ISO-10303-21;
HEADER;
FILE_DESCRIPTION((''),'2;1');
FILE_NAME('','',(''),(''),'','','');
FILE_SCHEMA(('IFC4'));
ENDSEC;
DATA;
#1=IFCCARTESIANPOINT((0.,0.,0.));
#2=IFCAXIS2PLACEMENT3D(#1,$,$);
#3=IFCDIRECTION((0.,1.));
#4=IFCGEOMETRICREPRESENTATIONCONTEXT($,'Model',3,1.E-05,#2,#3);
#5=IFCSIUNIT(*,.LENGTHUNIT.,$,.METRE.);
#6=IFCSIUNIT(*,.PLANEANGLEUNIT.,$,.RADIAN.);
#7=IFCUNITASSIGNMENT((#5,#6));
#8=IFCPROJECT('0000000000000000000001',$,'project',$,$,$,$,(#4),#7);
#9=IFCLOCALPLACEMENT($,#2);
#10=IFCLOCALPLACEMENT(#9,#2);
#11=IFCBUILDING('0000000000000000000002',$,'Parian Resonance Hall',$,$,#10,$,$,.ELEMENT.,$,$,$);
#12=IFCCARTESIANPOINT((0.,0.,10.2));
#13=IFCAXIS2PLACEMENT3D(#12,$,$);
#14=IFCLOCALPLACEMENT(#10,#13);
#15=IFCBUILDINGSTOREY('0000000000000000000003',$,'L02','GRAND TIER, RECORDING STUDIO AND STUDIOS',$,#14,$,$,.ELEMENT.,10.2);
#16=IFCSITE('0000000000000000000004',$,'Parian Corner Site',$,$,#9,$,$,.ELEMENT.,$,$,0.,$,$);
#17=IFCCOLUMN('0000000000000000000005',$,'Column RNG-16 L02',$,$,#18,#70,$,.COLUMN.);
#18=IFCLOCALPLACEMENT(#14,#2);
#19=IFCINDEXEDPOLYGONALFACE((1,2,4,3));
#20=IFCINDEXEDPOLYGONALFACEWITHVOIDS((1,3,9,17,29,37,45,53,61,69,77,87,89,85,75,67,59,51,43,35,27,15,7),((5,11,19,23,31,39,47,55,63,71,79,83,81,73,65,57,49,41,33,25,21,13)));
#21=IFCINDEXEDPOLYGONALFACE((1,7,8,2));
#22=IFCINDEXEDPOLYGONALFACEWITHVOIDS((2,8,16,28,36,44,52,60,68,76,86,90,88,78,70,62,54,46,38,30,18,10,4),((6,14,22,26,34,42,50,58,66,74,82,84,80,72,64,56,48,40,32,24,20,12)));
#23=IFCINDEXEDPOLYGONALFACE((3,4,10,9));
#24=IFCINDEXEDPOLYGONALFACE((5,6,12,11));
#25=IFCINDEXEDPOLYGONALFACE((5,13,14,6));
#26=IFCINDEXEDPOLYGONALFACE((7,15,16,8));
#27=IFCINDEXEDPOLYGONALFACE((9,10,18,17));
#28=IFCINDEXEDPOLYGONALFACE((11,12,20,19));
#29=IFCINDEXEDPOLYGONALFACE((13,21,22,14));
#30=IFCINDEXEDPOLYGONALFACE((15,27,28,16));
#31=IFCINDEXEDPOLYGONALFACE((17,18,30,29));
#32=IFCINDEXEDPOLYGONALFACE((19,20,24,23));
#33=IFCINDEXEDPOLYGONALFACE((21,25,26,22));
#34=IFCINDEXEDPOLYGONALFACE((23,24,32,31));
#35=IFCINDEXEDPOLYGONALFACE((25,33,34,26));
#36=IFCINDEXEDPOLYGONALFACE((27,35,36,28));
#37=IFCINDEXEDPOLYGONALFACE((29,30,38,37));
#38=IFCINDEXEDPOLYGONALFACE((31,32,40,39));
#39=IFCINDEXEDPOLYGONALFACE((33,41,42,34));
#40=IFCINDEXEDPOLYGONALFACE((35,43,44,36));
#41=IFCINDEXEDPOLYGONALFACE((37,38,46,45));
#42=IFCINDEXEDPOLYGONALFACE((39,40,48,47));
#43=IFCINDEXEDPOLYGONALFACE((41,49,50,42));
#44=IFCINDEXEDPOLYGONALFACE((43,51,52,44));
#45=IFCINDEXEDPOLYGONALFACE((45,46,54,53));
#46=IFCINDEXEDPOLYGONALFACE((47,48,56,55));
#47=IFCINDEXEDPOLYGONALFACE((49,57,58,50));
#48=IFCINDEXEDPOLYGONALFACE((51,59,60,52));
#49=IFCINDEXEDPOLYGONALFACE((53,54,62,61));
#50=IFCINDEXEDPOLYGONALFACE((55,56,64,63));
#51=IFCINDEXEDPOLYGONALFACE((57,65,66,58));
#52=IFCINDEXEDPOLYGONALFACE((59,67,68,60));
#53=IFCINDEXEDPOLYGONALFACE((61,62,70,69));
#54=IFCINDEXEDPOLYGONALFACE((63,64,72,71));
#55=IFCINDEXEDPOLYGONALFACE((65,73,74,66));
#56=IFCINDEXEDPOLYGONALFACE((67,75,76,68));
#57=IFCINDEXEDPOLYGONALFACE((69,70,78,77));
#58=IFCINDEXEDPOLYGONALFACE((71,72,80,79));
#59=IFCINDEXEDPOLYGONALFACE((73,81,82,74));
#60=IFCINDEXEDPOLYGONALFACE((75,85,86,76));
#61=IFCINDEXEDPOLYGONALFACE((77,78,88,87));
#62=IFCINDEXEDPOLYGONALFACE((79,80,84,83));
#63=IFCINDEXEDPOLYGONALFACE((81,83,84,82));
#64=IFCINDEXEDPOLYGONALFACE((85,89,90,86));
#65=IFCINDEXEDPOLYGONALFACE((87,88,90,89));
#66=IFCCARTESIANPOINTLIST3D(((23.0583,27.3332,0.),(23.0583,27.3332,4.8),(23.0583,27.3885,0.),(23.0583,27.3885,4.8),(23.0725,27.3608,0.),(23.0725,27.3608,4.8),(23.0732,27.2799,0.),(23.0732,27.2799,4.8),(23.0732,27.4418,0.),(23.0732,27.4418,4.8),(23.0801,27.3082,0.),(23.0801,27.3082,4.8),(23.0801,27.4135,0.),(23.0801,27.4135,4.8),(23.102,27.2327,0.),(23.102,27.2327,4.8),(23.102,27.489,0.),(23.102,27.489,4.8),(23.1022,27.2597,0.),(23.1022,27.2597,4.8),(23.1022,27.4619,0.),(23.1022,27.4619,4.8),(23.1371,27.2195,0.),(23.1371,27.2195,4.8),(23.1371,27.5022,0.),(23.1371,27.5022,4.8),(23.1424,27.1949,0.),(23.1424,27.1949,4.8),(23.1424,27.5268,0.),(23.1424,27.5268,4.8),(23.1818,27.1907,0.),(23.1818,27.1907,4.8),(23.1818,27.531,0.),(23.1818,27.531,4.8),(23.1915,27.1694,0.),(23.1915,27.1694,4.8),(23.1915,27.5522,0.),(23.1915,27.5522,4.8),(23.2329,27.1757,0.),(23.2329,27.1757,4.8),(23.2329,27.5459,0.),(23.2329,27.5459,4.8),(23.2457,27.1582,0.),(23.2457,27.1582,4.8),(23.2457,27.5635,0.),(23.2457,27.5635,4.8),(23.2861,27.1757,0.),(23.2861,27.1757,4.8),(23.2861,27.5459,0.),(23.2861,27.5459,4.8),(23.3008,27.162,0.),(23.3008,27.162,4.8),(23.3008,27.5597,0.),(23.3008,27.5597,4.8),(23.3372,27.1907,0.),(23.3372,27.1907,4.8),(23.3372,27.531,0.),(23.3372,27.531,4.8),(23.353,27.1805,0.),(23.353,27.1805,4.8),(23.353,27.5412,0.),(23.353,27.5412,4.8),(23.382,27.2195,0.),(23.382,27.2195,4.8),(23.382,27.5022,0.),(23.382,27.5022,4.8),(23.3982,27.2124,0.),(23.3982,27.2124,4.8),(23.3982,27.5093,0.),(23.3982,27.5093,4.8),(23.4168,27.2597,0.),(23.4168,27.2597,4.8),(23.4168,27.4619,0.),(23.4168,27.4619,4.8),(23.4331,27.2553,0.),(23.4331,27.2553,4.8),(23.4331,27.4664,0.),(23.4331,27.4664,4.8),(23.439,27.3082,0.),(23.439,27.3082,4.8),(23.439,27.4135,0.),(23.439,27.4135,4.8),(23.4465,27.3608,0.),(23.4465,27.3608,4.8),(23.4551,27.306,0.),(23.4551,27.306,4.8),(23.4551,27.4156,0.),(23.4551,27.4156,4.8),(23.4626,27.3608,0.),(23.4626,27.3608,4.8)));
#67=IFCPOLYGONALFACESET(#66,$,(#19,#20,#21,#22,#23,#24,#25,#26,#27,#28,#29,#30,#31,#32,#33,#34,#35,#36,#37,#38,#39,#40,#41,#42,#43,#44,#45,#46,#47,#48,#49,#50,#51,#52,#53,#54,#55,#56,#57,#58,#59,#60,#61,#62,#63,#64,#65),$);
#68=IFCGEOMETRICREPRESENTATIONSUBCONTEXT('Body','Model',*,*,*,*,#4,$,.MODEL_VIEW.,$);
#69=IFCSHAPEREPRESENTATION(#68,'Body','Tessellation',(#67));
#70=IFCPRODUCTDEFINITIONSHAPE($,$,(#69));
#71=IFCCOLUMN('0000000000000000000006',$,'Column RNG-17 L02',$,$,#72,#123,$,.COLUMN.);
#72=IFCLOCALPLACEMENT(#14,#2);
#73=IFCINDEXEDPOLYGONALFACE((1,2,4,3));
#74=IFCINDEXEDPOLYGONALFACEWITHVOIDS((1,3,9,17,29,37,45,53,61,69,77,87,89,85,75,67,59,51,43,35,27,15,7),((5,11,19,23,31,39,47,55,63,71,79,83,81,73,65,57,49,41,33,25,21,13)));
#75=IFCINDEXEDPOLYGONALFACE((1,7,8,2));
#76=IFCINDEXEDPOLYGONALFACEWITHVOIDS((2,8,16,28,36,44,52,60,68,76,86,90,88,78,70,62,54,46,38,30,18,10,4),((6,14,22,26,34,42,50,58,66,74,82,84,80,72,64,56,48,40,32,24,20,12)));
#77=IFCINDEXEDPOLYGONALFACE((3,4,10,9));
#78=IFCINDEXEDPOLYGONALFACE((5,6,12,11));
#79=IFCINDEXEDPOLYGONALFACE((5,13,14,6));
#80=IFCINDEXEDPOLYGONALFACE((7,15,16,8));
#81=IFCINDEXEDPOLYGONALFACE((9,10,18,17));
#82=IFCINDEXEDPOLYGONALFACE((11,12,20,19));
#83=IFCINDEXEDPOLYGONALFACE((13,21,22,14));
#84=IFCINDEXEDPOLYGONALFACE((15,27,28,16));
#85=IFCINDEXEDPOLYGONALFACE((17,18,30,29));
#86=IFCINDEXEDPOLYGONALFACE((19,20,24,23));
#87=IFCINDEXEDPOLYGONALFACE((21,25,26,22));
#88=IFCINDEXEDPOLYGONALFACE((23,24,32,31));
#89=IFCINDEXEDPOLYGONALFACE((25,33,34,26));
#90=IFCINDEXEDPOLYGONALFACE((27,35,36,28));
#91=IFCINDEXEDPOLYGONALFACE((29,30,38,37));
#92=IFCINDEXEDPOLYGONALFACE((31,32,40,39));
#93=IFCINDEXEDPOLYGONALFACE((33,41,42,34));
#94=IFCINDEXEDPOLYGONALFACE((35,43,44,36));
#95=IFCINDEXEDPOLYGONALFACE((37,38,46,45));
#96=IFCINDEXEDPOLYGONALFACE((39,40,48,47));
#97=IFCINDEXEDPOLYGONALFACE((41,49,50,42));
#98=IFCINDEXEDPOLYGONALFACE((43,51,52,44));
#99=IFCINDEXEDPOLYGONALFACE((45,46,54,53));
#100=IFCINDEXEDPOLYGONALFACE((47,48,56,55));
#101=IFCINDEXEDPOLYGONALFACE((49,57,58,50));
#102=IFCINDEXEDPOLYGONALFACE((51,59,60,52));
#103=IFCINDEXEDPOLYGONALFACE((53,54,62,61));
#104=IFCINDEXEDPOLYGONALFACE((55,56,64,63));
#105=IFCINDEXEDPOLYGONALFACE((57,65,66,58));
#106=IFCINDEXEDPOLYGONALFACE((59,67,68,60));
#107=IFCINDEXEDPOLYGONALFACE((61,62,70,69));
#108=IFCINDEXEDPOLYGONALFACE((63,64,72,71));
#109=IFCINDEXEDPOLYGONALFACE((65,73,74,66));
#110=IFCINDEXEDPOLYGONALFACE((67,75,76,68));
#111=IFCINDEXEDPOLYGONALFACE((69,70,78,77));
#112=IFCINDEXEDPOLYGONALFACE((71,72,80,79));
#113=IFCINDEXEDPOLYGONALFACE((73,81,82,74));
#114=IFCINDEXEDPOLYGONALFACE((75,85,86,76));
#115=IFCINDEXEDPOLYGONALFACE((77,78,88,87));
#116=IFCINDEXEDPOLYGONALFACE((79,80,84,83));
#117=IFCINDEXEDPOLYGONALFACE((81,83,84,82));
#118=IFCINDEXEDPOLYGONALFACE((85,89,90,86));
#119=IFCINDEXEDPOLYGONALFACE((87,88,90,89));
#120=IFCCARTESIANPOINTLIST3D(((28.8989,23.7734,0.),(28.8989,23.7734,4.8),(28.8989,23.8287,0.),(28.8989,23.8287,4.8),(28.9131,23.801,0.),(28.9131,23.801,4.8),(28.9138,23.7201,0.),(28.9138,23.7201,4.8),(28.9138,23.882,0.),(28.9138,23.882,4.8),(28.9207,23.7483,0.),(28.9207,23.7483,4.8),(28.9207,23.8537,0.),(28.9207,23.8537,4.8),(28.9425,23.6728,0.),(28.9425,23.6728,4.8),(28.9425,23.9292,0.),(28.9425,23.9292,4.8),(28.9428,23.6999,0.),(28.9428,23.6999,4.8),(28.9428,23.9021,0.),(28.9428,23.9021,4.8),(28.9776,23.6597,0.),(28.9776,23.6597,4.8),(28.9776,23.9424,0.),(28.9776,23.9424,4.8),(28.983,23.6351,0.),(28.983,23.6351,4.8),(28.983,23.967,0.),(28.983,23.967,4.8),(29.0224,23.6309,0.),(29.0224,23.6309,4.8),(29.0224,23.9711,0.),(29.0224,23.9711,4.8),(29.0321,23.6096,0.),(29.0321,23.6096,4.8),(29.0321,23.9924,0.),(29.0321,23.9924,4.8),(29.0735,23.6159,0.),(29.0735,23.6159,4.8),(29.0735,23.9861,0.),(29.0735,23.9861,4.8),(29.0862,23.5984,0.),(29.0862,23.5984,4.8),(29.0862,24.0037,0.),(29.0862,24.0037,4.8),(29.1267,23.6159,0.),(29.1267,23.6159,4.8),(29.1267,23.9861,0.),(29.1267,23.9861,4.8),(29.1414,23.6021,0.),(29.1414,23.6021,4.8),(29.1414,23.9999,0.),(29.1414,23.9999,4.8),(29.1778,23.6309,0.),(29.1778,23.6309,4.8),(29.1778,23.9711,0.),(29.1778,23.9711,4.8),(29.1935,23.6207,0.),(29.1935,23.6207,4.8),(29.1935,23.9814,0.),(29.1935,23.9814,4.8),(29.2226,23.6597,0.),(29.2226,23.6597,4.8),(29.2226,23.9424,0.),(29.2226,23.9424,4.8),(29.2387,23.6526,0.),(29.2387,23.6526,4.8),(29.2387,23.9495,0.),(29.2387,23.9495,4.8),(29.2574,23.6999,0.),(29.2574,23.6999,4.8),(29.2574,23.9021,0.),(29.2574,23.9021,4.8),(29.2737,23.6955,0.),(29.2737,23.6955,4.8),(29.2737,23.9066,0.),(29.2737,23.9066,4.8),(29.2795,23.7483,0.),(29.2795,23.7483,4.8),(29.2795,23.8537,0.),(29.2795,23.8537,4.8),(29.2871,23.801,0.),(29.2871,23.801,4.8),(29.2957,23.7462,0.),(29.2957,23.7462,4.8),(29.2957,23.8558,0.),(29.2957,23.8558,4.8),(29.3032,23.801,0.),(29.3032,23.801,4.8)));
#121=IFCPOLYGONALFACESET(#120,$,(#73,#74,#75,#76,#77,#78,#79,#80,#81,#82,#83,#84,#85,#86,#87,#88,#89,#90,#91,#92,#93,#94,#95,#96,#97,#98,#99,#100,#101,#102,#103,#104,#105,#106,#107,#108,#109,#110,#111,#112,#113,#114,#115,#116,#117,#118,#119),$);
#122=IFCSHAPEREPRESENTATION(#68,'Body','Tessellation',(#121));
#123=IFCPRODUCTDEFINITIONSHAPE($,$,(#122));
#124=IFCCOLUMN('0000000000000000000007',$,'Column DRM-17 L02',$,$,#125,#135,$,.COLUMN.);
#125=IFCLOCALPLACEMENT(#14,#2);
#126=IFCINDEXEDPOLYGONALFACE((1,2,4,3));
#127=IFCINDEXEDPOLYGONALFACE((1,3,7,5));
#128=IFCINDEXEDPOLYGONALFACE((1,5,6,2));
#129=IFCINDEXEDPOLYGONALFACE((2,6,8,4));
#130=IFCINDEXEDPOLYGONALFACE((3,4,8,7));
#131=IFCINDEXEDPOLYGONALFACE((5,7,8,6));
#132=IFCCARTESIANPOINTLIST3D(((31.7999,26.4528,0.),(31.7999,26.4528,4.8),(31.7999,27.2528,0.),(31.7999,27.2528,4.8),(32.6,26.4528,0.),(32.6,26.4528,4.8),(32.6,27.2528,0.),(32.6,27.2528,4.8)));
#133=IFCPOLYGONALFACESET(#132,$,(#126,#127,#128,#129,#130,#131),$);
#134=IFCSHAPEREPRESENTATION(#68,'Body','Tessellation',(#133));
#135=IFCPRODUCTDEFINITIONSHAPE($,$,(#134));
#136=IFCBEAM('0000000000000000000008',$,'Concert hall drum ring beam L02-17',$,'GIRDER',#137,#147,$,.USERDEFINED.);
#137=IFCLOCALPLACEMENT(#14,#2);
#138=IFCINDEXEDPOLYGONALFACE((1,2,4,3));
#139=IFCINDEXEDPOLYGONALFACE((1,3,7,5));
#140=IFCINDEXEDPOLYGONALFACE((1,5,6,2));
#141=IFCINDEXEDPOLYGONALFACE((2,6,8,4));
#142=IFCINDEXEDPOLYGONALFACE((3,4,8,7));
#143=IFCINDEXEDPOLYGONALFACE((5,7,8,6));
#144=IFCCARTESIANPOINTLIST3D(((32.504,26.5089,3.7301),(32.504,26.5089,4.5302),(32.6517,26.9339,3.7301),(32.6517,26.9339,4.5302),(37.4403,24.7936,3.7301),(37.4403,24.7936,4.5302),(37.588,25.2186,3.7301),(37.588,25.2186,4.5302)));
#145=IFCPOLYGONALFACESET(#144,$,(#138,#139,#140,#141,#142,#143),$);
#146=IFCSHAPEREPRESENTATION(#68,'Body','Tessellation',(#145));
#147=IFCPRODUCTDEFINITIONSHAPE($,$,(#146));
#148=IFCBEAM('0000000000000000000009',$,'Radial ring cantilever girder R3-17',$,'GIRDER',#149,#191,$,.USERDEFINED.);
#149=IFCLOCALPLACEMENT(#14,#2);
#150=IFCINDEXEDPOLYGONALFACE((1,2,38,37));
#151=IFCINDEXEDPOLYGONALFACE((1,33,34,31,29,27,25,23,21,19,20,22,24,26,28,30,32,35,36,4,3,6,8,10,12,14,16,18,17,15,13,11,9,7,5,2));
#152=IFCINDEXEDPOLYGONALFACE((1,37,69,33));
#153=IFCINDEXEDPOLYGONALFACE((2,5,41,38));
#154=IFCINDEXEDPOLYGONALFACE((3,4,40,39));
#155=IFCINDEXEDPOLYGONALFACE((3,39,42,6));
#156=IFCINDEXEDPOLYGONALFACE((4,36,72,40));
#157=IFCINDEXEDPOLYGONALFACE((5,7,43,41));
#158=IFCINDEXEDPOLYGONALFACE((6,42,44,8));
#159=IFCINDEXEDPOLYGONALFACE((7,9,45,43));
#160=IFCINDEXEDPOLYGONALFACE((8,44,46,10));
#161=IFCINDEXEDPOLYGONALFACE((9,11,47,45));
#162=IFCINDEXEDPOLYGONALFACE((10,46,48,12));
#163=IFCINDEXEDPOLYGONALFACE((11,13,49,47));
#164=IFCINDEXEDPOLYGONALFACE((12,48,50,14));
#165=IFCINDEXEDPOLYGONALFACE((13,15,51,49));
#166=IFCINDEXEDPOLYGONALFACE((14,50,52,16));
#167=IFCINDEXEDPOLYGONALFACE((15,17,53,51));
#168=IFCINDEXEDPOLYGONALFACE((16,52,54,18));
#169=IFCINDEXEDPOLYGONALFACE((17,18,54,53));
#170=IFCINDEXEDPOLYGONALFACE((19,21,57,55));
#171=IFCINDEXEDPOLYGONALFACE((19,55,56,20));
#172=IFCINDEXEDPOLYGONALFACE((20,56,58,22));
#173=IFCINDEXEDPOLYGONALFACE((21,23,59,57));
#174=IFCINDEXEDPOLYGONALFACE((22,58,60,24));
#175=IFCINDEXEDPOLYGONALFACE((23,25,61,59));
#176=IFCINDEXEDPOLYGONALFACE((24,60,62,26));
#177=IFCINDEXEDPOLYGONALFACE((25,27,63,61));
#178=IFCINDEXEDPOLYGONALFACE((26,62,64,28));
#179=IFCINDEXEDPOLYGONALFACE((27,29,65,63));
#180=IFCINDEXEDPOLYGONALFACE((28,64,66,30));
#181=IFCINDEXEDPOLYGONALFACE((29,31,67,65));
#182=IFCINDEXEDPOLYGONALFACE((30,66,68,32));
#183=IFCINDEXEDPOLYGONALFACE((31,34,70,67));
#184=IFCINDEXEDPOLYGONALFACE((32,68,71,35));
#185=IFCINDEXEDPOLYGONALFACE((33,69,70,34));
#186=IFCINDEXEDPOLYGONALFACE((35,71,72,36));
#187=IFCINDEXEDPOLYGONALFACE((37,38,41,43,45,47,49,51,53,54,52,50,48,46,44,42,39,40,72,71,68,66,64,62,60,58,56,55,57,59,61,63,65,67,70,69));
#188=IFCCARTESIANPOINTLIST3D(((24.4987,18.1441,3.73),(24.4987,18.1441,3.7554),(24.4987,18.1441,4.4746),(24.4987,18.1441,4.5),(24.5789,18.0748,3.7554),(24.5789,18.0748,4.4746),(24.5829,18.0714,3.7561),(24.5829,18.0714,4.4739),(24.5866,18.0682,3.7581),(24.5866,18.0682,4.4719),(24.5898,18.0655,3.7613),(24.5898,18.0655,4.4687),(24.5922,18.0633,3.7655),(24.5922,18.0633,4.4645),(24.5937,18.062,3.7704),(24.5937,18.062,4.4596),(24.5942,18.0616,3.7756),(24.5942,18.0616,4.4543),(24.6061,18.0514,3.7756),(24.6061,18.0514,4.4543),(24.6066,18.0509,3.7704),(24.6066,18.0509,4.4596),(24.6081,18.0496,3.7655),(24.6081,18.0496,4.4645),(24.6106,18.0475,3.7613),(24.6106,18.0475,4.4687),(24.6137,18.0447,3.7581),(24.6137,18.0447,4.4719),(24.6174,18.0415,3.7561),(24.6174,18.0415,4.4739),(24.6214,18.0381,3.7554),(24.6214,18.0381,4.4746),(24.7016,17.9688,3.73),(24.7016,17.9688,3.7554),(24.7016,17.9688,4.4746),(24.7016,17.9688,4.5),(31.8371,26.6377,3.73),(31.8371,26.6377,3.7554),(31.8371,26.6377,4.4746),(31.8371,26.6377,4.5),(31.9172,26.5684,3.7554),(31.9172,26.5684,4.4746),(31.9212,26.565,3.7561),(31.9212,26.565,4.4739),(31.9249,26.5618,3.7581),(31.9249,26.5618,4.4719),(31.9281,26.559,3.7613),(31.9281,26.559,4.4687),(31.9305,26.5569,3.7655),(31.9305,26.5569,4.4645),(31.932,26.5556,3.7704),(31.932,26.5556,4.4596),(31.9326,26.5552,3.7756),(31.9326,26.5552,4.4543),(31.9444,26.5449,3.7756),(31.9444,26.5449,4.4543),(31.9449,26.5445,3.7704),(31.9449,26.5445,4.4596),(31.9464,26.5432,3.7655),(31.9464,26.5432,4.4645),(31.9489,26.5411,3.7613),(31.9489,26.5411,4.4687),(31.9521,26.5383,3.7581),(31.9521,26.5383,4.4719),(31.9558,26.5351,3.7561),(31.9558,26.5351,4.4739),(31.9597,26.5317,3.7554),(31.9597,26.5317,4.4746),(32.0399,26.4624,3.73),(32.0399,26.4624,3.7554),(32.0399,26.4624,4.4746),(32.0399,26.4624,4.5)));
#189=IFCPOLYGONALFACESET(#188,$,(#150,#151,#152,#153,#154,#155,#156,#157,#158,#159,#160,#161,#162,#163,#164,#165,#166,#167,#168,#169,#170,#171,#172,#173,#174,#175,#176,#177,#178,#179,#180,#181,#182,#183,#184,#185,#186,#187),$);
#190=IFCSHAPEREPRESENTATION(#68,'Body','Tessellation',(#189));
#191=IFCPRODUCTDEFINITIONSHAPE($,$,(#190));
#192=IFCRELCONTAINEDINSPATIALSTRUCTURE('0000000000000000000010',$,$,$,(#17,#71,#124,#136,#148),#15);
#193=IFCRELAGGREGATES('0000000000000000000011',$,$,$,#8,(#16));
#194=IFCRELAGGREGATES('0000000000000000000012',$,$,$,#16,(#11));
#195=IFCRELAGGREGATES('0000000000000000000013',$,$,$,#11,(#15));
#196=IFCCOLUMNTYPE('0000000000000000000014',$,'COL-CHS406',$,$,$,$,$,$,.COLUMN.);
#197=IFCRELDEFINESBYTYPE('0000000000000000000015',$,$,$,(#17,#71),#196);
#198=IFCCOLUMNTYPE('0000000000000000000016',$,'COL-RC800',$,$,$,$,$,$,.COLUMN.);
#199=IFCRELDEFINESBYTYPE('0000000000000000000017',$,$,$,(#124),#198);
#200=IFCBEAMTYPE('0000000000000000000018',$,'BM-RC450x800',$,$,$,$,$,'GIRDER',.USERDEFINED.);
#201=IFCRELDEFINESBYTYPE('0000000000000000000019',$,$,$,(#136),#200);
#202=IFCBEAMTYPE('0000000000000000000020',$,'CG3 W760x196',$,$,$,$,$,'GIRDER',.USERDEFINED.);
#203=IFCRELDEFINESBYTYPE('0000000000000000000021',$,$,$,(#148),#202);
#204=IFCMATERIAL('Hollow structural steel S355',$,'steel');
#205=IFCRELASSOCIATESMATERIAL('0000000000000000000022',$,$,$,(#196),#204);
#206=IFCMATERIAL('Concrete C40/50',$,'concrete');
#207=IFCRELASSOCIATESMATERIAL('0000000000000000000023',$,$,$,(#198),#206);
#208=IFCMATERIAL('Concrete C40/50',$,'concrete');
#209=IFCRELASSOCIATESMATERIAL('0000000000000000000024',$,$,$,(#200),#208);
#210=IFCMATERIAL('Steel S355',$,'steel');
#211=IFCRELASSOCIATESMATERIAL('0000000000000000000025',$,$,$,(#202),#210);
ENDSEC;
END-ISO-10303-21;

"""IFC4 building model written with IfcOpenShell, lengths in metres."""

from ifc_helpers import new_model, si_unit, direction, frame, origin, origin_2d, place, context, subcontext, project, spatial, rectangle, hollow_circle, i_section, extrude, material, material_profile, profile_set, type_object, element, save


model = new_model("IFC4")

# Units and contexts
model_context = context("Model", 3, precision=1e-05, world=origin(), true_north=direction((0.0, 1.0)))
body_context = subcontext(model_context, "Body", "Model", "MODEL_VIEW")
ifc_project = project(units=[si_unit("LENGTHUNIT", "METRE"), si_unit("PLANEANGLEUNIT", "RADIAN")], contexts=[model_context])

# Site, building, storey
site_placement = place(None, origin())
site = spatial("IfcSite", under=ifc_project, at=site_placement, Name="Parian Corner Site", CompositionType="ELEMENT", RefElevation=0.0)
building_placement = place(site_placement, origin())
building = spatial("IfcBuilding", under=site, at=building_placement, Name="Parian Resonance Hall", CompositionType="ELEMENT")
storey_placement = place(building_placement, frame((0.0, 0.0, 10.2)))
storey = spatial("IfcBuildingStorey", under=building, at=storey_placement, Name="L02", Description="GRAND TIER, RECORDING STUDIO AND STUDIOS", CompositionType="ELEMENT", Elevation=10.2)

# Columns
ifc_material_1 = material(Name="Hollow structural steel S355", Category="steel")
ifc_material_profile_1 = material_profile(ifc_material_1, hollow_circle(Radius=0.2031, WallThickness=0.0161, at=origin_2d()), Name="CHS406.4x16")
ifc_profile_set_1 = profile_set([ifc_material_profile_1], Name="Hollow structural steel S355")
column_type_1 = type_object("IfcColumnType", Name="COL-CHS406", PredefinedType="COLUMN", material=ifc_profile_set_1)
for number, where, z_axis, x_axis, name in (
    (1, (23.2595, 27.3608, 0.0), (0.0, 0.0, 1.0), (1.0, 0.0, 0.0), "Column RNG-16 L02"),
    (2, (29.1001, 23.801, 0.0), (0.0, 0.0, 1.0), (1.0, 0.0, 0.0), "Column RNG-17 L02"),
):
    element("IfcColumn", number, at=place(storey_placement, frame(where, z_axis=z_axis, x_axis=x_axis)), inside=storey, type_object=column_type_1, Name=name, PredefinedType="COLUMN", context=body_context, shape_type="SweptSolid", body=[
        extrude(hollow_circle(Radius=0.2031, WallThickness=0.0161, at=origin_2d()), origin(), (0.0, 0.0, 1.0), 4.8),
    ])
ifc_material_2 = material(Name="Concrete C40/50", Category="concrete")
ifc_material_profile_2 = material_profile(ifc_material_2, rectangle(XDim=0.8, YDim=0.8, at=origin_2d()), Name="RC-COL-800x800")
ifc_profile_set_2 = profile_set([ifc_material_profile_2], Name="Concrete C40/50")
column_type_2 = type_object("IfcColumnType", Name="COL-RC800", PredefinedType="COLUMN", material=ifc_profile_set_2)
column_placement = place(storey_placement, frame((32.2, 26.8528, 0.0), z_axis=(0.0, 0.0, 1.0), x_axis=(1.0, 0.0, 0.0)))
element("IfcColumn", 3, at=column_placement, inside=storey, type_object=column_type_2, Name="Column DRM-17 L02", PredefinedType="COLUMN", context=body_context, shape_type="SweptSolid", body=[
    extrude(rectangle(XDim=0.8, YDim=0.8, at=origin_2d()), origin(), (0.0, 0.0, 1.0), 4.8),
])

# Beams
ifc_material_3 = material(Name="Concrete C40/50", Category="concrete")
ifc_material_profile_3 = material_profile(ifc_material_3, rectangle(XDim=0.45, YDim=0.8, at=origin_2d()), Name="RC-BM-450x800")
ifc_profile_set_3 = profile_set([ifc_material_profile_3], Name="Concrete C40/50")
beam_type_1 = type_object("IfcBeamType", Name="BM-RC450x800", ElementType="GIRDER", PredefinedType="USERDEFINED", material=ifc_profile_set_3)
beam_1_placement = place(storey_placement, frame((32.5779, 26.7214, 4.1301), z_axis=(0.944594, -0.328242, 0.0), x_axis=(0.328242, 0.944594, 0.0)))
element("IfcBeam", 4, at=beam_1_placement, inside=storey, type_object=beam_type_1, Name="Concert hall drum ring beam L02-17", ObjectType="GIRDER", PredefinedType="USERDEFINED", context=body_context, shape_type="SweptSolid", body=[
    extrude(rectangle(XDim=0.45, YDim=0.8, at=origin_2d()), origin(), (0.0, 0.0, 1.0), 5.2258),
])
ifc_material_4 = material(Name="Steel S355", Category="steel")
ifc_material_profile_4 = material_profile(ifc_material_4, i_section(OverallWidth=0.2681, OverallDepth=0.77, WebThickness=0.0156, FlangeThickness=0.0254, FilletRadius=0.0203, at=origin_2d()), Name="W760x196")
ifc_profile_set_4 = profile_set([ifc_material_profile_4], Name="Steel S355")
beam_type_2 = type_object("IfcBeamType", Name="CG3 W760x196", ElementType="GIRDER", PredefinedType="USERDEFINED", material=ifc_profile_set_4)
beam_2_placement = place(storey_placement, frame((31.9385, 26.55, 4.115), z_axis=(-0.65377, -0.756693, 0.0), x_axis=(0.756693, -0.65377, 0.0)))
element("IfcBeam", 5, at=beam_2_placement, inside=storey, type_object=beam_type_2, Name="Radial ring cantilever girder R3-17", ObjectType="GIRDER", PredefinedType="USERDEFINED", context=body_context, shape_type="SweptSolid", body=[
    extrude(i_section(OverallWidth=0.2681, OverallDepth=0.77, WebThickness=0.0156, FlangeThickness=0.0254, FilletRadius=0.0203, at=origin_2d()), origin(), (0.0, 0.0, 1.0), 11.2246),
])

save(model, "model.ifc")
